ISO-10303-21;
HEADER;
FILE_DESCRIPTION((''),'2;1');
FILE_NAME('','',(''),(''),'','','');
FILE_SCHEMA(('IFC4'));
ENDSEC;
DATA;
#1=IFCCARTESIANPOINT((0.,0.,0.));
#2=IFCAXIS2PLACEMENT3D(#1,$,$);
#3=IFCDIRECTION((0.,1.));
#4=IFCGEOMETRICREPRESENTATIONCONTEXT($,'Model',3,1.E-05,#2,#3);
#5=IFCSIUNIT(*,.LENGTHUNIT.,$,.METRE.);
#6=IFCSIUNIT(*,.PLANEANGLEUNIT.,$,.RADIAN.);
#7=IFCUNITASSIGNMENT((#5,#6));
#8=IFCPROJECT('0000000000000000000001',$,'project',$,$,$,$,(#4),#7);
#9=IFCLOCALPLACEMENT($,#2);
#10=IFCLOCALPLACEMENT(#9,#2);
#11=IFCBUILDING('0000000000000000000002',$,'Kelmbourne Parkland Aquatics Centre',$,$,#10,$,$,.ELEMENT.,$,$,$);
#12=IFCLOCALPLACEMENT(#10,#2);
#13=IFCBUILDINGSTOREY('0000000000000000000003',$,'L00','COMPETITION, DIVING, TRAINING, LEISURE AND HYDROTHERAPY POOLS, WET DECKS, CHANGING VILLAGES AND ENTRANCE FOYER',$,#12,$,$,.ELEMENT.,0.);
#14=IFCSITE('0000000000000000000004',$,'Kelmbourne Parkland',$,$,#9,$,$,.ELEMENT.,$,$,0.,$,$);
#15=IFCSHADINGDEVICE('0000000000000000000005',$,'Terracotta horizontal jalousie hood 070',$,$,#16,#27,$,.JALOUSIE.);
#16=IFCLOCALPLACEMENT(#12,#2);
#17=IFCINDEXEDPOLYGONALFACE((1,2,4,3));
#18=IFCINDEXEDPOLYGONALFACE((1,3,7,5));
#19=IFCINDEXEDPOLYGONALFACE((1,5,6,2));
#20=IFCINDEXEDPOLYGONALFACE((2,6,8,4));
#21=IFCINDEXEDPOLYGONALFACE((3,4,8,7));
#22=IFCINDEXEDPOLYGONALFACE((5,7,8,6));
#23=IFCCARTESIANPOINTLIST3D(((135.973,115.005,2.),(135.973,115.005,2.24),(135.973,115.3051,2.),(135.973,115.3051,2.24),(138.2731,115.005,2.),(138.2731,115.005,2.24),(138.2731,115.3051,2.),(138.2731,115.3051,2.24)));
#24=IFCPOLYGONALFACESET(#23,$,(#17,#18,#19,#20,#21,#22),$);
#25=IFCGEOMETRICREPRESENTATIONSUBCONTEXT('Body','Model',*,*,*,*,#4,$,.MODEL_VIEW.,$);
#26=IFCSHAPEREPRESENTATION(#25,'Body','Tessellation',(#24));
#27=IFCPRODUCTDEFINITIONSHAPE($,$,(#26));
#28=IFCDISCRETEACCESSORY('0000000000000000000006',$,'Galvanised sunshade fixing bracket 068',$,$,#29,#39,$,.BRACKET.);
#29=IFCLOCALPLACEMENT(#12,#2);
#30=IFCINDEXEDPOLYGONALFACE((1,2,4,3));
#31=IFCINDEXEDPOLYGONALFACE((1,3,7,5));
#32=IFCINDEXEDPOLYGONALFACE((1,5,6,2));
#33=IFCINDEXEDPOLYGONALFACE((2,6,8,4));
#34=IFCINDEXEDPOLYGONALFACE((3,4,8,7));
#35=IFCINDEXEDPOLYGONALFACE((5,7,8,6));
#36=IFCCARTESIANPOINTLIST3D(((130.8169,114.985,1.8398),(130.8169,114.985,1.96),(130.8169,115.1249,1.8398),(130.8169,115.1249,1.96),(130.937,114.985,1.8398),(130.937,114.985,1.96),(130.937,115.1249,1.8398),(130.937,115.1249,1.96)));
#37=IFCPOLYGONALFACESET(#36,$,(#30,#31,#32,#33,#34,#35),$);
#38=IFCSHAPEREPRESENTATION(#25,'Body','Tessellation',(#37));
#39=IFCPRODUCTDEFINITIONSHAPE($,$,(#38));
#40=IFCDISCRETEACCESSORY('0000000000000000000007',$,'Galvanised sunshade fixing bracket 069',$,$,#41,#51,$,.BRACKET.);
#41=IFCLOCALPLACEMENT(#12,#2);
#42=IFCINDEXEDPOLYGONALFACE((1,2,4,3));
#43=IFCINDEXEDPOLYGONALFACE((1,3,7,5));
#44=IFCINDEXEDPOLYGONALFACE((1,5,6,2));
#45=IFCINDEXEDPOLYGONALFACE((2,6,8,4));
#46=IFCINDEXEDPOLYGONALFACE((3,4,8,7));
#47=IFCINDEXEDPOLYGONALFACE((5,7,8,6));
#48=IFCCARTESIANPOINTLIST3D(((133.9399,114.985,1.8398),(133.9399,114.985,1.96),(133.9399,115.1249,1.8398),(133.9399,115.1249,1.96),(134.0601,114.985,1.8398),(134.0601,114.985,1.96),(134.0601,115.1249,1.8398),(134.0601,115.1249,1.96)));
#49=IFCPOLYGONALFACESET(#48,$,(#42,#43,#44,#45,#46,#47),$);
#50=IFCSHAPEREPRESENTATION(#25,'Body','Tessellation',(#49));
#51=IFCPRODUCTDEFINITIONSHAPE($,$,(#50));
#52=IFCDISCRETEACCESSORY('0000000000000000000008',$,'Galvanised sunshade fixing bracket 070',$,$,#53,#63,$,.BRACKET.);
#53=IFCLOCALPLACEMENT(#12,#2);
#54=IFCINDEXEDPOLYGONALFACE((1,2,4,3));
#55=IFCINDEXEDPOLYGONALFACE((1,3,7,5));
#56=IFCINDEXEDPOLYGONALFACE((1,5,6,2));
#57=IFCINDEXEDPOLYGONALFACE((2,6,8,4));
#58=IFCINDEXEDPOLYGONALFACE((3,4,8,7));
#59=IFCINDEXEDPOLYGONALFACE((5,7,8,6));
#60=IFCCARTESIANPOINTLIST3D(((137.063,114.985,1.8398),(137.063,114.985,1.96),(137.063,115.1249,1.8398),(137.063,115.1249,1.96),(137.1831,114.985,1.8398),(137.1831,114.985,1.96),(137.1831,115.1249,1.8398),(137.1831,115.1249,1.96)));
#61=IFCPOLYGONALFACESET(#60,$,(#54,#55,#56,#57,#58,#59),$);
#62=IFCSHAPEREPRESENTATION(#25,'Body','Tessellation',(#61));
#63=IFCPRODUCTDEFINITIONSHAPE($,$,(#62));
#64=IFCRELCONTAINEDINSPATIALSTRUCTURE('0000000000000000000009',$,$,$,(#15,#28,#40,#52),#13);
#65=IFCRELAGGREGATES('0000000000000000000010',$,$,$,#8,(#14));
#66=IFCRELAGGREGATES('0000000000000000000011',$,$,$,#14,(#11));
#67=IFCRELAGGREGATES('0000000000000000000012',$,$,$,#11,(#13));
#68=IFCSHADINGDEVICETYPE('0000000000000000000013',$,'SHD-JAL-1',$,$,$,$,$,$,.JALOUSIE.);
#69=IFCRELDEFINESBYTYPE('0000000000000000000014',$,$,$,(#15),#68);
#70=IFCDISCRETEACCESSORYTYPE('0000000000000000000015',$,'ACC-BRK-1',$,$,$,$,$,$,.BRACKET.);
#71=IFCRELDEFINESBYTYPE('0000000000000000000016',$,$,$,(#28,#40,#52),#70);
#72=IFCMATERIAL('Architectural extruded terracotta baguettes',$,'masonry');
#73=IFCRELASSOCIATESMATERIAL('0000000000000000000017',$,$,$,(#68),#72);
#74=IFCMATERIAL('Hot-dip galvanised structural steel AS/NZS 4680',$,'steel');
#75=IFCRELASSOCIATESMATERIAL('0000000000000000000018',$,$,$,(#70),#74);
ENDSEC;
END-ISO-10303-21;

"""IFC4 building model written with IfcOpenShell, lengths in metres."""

from ifc_helpers import new_model, si_unit, direction, frame, origin, origin_2d, place, context, subcontext, project, spatial, rectangle, extrude, material, type_object, element, save


model = new_model("IFC4")

# Units and contexts
model_context = context("Model", 3, precision=1e-05, world=origin(), true_north=direction((0.0, 1.0)))
body_context = subcontext(model_context, "Body", "Model", "MODEL_VIEW")
ifc_project = project(units=[si_unit("LENGTHUNIT", "METRE"), si_unit("PLANEANGLEUNIT", "RADIAN")], contexts=[model_context])

# Site, building, storey
site_placement = place(None, origin())
site = spatial("IfcSite", under=ifc_project, at=site_placement, Name="Kelmbourne Parkland", CompositionType="ELEMENT", RefElevation=0.0)
building_placement = place(site_placement, origin())
building = spatial("IfcBuilding", under=site, at=building_placement, Name="Kelmbourne Parkland Aquatics Centre", CompositionType="ELEMENT")
storey_placement = place(building_placement, origin())
storey = spatial("IfcBuildingStorey", under=building, at=storey_placement, Name="L00", Description="COMPETITION, DIVING, TRAINING, LEISURE AND HYDROTHERAPY POOLS, WET DECKS, CHANGING VILLAGES AND ENTRANCE FOYER", CompositionType="ELEMENT", Elevation=0.0)

# Shading device
ifc_material_1 = material(Name="Architectural extruded terracotta baguettes", Category="masonry")
shading_device_type = type_object("IfcShadingDeviceType", Name="SHD-JAL-1", PredefinedType="JALOUSIE", material=ifc_material_1)
for number, where, z_axis, x_axis, name in (
    (1, (137.123, 115.155, 2.0), (0.0, 0.0, 1.0), (1.0, 0.0, 0.0), "Terracotta horizontal jalousie hood 070"),
):
    element("IfcShadingDevice", number, at=place(storey_placement, frame(where, z_axis=z_axis, x_axis=x_axis)), inside=storey, type_object=shading_device_type, Name=name, PredefinedType="JALOUSIE", context=body_context, shape_type="SweptSolid", body=[
        extrude(rectangle(XDim=2.3, YDim=0.3, at=origin_2d()), origin(), (0.0, 0.0, 1.0), 0.24),
    ])

# Discrete accessories
ifc_material_2 = material(Name="Hot-dip galvanised structural steel AS/NZS 4680", Category="steel")
discrete_accessory_type = type_object("IfcDiscreteAccessoryType", Name="ACC-BRK-1", PredefinedType="BRACKET", material=ifc_material_2)
for number, where, z_axis, x_axis, name in (
    (2, (130.877, 115.0549, 1.8398), (0.0, 0.0, 1.0), (1.0, 0.0, 0.0), "Galvanised sunshade fixing bracket 068"),
    (3, (134.0, 115.0549, 1.8398), (0.0, 0.0, 1.0), (1.0, 0.0, 0.0), "Galvanised sunshade fixing bracket 069"),
    (4, (137.123, 115.0549, 1.8398), (0.0, 0.0, 1.0), (1.0, 0.0, 0.0), "Galvanised sunshade fixing bracket 070"),
):
    element("IfcDiscreteAccessory", number, at=place(storey_placement, frame(where, z_axis=z_axis, x_axis=x_axis)), inside=storey, type_object=discrete_accessory_type, Name=name, PredefinedType="BRACKET", context=body_context, shape_type="SweptSolid", body=[
        extrude(rectangle(XDim=0.1201, YDim=0.1399, at=origin_2d()), origin(), (0.0, 0.0, 1.0), 0.1201),
    ])

save(model, "model.ifc")
